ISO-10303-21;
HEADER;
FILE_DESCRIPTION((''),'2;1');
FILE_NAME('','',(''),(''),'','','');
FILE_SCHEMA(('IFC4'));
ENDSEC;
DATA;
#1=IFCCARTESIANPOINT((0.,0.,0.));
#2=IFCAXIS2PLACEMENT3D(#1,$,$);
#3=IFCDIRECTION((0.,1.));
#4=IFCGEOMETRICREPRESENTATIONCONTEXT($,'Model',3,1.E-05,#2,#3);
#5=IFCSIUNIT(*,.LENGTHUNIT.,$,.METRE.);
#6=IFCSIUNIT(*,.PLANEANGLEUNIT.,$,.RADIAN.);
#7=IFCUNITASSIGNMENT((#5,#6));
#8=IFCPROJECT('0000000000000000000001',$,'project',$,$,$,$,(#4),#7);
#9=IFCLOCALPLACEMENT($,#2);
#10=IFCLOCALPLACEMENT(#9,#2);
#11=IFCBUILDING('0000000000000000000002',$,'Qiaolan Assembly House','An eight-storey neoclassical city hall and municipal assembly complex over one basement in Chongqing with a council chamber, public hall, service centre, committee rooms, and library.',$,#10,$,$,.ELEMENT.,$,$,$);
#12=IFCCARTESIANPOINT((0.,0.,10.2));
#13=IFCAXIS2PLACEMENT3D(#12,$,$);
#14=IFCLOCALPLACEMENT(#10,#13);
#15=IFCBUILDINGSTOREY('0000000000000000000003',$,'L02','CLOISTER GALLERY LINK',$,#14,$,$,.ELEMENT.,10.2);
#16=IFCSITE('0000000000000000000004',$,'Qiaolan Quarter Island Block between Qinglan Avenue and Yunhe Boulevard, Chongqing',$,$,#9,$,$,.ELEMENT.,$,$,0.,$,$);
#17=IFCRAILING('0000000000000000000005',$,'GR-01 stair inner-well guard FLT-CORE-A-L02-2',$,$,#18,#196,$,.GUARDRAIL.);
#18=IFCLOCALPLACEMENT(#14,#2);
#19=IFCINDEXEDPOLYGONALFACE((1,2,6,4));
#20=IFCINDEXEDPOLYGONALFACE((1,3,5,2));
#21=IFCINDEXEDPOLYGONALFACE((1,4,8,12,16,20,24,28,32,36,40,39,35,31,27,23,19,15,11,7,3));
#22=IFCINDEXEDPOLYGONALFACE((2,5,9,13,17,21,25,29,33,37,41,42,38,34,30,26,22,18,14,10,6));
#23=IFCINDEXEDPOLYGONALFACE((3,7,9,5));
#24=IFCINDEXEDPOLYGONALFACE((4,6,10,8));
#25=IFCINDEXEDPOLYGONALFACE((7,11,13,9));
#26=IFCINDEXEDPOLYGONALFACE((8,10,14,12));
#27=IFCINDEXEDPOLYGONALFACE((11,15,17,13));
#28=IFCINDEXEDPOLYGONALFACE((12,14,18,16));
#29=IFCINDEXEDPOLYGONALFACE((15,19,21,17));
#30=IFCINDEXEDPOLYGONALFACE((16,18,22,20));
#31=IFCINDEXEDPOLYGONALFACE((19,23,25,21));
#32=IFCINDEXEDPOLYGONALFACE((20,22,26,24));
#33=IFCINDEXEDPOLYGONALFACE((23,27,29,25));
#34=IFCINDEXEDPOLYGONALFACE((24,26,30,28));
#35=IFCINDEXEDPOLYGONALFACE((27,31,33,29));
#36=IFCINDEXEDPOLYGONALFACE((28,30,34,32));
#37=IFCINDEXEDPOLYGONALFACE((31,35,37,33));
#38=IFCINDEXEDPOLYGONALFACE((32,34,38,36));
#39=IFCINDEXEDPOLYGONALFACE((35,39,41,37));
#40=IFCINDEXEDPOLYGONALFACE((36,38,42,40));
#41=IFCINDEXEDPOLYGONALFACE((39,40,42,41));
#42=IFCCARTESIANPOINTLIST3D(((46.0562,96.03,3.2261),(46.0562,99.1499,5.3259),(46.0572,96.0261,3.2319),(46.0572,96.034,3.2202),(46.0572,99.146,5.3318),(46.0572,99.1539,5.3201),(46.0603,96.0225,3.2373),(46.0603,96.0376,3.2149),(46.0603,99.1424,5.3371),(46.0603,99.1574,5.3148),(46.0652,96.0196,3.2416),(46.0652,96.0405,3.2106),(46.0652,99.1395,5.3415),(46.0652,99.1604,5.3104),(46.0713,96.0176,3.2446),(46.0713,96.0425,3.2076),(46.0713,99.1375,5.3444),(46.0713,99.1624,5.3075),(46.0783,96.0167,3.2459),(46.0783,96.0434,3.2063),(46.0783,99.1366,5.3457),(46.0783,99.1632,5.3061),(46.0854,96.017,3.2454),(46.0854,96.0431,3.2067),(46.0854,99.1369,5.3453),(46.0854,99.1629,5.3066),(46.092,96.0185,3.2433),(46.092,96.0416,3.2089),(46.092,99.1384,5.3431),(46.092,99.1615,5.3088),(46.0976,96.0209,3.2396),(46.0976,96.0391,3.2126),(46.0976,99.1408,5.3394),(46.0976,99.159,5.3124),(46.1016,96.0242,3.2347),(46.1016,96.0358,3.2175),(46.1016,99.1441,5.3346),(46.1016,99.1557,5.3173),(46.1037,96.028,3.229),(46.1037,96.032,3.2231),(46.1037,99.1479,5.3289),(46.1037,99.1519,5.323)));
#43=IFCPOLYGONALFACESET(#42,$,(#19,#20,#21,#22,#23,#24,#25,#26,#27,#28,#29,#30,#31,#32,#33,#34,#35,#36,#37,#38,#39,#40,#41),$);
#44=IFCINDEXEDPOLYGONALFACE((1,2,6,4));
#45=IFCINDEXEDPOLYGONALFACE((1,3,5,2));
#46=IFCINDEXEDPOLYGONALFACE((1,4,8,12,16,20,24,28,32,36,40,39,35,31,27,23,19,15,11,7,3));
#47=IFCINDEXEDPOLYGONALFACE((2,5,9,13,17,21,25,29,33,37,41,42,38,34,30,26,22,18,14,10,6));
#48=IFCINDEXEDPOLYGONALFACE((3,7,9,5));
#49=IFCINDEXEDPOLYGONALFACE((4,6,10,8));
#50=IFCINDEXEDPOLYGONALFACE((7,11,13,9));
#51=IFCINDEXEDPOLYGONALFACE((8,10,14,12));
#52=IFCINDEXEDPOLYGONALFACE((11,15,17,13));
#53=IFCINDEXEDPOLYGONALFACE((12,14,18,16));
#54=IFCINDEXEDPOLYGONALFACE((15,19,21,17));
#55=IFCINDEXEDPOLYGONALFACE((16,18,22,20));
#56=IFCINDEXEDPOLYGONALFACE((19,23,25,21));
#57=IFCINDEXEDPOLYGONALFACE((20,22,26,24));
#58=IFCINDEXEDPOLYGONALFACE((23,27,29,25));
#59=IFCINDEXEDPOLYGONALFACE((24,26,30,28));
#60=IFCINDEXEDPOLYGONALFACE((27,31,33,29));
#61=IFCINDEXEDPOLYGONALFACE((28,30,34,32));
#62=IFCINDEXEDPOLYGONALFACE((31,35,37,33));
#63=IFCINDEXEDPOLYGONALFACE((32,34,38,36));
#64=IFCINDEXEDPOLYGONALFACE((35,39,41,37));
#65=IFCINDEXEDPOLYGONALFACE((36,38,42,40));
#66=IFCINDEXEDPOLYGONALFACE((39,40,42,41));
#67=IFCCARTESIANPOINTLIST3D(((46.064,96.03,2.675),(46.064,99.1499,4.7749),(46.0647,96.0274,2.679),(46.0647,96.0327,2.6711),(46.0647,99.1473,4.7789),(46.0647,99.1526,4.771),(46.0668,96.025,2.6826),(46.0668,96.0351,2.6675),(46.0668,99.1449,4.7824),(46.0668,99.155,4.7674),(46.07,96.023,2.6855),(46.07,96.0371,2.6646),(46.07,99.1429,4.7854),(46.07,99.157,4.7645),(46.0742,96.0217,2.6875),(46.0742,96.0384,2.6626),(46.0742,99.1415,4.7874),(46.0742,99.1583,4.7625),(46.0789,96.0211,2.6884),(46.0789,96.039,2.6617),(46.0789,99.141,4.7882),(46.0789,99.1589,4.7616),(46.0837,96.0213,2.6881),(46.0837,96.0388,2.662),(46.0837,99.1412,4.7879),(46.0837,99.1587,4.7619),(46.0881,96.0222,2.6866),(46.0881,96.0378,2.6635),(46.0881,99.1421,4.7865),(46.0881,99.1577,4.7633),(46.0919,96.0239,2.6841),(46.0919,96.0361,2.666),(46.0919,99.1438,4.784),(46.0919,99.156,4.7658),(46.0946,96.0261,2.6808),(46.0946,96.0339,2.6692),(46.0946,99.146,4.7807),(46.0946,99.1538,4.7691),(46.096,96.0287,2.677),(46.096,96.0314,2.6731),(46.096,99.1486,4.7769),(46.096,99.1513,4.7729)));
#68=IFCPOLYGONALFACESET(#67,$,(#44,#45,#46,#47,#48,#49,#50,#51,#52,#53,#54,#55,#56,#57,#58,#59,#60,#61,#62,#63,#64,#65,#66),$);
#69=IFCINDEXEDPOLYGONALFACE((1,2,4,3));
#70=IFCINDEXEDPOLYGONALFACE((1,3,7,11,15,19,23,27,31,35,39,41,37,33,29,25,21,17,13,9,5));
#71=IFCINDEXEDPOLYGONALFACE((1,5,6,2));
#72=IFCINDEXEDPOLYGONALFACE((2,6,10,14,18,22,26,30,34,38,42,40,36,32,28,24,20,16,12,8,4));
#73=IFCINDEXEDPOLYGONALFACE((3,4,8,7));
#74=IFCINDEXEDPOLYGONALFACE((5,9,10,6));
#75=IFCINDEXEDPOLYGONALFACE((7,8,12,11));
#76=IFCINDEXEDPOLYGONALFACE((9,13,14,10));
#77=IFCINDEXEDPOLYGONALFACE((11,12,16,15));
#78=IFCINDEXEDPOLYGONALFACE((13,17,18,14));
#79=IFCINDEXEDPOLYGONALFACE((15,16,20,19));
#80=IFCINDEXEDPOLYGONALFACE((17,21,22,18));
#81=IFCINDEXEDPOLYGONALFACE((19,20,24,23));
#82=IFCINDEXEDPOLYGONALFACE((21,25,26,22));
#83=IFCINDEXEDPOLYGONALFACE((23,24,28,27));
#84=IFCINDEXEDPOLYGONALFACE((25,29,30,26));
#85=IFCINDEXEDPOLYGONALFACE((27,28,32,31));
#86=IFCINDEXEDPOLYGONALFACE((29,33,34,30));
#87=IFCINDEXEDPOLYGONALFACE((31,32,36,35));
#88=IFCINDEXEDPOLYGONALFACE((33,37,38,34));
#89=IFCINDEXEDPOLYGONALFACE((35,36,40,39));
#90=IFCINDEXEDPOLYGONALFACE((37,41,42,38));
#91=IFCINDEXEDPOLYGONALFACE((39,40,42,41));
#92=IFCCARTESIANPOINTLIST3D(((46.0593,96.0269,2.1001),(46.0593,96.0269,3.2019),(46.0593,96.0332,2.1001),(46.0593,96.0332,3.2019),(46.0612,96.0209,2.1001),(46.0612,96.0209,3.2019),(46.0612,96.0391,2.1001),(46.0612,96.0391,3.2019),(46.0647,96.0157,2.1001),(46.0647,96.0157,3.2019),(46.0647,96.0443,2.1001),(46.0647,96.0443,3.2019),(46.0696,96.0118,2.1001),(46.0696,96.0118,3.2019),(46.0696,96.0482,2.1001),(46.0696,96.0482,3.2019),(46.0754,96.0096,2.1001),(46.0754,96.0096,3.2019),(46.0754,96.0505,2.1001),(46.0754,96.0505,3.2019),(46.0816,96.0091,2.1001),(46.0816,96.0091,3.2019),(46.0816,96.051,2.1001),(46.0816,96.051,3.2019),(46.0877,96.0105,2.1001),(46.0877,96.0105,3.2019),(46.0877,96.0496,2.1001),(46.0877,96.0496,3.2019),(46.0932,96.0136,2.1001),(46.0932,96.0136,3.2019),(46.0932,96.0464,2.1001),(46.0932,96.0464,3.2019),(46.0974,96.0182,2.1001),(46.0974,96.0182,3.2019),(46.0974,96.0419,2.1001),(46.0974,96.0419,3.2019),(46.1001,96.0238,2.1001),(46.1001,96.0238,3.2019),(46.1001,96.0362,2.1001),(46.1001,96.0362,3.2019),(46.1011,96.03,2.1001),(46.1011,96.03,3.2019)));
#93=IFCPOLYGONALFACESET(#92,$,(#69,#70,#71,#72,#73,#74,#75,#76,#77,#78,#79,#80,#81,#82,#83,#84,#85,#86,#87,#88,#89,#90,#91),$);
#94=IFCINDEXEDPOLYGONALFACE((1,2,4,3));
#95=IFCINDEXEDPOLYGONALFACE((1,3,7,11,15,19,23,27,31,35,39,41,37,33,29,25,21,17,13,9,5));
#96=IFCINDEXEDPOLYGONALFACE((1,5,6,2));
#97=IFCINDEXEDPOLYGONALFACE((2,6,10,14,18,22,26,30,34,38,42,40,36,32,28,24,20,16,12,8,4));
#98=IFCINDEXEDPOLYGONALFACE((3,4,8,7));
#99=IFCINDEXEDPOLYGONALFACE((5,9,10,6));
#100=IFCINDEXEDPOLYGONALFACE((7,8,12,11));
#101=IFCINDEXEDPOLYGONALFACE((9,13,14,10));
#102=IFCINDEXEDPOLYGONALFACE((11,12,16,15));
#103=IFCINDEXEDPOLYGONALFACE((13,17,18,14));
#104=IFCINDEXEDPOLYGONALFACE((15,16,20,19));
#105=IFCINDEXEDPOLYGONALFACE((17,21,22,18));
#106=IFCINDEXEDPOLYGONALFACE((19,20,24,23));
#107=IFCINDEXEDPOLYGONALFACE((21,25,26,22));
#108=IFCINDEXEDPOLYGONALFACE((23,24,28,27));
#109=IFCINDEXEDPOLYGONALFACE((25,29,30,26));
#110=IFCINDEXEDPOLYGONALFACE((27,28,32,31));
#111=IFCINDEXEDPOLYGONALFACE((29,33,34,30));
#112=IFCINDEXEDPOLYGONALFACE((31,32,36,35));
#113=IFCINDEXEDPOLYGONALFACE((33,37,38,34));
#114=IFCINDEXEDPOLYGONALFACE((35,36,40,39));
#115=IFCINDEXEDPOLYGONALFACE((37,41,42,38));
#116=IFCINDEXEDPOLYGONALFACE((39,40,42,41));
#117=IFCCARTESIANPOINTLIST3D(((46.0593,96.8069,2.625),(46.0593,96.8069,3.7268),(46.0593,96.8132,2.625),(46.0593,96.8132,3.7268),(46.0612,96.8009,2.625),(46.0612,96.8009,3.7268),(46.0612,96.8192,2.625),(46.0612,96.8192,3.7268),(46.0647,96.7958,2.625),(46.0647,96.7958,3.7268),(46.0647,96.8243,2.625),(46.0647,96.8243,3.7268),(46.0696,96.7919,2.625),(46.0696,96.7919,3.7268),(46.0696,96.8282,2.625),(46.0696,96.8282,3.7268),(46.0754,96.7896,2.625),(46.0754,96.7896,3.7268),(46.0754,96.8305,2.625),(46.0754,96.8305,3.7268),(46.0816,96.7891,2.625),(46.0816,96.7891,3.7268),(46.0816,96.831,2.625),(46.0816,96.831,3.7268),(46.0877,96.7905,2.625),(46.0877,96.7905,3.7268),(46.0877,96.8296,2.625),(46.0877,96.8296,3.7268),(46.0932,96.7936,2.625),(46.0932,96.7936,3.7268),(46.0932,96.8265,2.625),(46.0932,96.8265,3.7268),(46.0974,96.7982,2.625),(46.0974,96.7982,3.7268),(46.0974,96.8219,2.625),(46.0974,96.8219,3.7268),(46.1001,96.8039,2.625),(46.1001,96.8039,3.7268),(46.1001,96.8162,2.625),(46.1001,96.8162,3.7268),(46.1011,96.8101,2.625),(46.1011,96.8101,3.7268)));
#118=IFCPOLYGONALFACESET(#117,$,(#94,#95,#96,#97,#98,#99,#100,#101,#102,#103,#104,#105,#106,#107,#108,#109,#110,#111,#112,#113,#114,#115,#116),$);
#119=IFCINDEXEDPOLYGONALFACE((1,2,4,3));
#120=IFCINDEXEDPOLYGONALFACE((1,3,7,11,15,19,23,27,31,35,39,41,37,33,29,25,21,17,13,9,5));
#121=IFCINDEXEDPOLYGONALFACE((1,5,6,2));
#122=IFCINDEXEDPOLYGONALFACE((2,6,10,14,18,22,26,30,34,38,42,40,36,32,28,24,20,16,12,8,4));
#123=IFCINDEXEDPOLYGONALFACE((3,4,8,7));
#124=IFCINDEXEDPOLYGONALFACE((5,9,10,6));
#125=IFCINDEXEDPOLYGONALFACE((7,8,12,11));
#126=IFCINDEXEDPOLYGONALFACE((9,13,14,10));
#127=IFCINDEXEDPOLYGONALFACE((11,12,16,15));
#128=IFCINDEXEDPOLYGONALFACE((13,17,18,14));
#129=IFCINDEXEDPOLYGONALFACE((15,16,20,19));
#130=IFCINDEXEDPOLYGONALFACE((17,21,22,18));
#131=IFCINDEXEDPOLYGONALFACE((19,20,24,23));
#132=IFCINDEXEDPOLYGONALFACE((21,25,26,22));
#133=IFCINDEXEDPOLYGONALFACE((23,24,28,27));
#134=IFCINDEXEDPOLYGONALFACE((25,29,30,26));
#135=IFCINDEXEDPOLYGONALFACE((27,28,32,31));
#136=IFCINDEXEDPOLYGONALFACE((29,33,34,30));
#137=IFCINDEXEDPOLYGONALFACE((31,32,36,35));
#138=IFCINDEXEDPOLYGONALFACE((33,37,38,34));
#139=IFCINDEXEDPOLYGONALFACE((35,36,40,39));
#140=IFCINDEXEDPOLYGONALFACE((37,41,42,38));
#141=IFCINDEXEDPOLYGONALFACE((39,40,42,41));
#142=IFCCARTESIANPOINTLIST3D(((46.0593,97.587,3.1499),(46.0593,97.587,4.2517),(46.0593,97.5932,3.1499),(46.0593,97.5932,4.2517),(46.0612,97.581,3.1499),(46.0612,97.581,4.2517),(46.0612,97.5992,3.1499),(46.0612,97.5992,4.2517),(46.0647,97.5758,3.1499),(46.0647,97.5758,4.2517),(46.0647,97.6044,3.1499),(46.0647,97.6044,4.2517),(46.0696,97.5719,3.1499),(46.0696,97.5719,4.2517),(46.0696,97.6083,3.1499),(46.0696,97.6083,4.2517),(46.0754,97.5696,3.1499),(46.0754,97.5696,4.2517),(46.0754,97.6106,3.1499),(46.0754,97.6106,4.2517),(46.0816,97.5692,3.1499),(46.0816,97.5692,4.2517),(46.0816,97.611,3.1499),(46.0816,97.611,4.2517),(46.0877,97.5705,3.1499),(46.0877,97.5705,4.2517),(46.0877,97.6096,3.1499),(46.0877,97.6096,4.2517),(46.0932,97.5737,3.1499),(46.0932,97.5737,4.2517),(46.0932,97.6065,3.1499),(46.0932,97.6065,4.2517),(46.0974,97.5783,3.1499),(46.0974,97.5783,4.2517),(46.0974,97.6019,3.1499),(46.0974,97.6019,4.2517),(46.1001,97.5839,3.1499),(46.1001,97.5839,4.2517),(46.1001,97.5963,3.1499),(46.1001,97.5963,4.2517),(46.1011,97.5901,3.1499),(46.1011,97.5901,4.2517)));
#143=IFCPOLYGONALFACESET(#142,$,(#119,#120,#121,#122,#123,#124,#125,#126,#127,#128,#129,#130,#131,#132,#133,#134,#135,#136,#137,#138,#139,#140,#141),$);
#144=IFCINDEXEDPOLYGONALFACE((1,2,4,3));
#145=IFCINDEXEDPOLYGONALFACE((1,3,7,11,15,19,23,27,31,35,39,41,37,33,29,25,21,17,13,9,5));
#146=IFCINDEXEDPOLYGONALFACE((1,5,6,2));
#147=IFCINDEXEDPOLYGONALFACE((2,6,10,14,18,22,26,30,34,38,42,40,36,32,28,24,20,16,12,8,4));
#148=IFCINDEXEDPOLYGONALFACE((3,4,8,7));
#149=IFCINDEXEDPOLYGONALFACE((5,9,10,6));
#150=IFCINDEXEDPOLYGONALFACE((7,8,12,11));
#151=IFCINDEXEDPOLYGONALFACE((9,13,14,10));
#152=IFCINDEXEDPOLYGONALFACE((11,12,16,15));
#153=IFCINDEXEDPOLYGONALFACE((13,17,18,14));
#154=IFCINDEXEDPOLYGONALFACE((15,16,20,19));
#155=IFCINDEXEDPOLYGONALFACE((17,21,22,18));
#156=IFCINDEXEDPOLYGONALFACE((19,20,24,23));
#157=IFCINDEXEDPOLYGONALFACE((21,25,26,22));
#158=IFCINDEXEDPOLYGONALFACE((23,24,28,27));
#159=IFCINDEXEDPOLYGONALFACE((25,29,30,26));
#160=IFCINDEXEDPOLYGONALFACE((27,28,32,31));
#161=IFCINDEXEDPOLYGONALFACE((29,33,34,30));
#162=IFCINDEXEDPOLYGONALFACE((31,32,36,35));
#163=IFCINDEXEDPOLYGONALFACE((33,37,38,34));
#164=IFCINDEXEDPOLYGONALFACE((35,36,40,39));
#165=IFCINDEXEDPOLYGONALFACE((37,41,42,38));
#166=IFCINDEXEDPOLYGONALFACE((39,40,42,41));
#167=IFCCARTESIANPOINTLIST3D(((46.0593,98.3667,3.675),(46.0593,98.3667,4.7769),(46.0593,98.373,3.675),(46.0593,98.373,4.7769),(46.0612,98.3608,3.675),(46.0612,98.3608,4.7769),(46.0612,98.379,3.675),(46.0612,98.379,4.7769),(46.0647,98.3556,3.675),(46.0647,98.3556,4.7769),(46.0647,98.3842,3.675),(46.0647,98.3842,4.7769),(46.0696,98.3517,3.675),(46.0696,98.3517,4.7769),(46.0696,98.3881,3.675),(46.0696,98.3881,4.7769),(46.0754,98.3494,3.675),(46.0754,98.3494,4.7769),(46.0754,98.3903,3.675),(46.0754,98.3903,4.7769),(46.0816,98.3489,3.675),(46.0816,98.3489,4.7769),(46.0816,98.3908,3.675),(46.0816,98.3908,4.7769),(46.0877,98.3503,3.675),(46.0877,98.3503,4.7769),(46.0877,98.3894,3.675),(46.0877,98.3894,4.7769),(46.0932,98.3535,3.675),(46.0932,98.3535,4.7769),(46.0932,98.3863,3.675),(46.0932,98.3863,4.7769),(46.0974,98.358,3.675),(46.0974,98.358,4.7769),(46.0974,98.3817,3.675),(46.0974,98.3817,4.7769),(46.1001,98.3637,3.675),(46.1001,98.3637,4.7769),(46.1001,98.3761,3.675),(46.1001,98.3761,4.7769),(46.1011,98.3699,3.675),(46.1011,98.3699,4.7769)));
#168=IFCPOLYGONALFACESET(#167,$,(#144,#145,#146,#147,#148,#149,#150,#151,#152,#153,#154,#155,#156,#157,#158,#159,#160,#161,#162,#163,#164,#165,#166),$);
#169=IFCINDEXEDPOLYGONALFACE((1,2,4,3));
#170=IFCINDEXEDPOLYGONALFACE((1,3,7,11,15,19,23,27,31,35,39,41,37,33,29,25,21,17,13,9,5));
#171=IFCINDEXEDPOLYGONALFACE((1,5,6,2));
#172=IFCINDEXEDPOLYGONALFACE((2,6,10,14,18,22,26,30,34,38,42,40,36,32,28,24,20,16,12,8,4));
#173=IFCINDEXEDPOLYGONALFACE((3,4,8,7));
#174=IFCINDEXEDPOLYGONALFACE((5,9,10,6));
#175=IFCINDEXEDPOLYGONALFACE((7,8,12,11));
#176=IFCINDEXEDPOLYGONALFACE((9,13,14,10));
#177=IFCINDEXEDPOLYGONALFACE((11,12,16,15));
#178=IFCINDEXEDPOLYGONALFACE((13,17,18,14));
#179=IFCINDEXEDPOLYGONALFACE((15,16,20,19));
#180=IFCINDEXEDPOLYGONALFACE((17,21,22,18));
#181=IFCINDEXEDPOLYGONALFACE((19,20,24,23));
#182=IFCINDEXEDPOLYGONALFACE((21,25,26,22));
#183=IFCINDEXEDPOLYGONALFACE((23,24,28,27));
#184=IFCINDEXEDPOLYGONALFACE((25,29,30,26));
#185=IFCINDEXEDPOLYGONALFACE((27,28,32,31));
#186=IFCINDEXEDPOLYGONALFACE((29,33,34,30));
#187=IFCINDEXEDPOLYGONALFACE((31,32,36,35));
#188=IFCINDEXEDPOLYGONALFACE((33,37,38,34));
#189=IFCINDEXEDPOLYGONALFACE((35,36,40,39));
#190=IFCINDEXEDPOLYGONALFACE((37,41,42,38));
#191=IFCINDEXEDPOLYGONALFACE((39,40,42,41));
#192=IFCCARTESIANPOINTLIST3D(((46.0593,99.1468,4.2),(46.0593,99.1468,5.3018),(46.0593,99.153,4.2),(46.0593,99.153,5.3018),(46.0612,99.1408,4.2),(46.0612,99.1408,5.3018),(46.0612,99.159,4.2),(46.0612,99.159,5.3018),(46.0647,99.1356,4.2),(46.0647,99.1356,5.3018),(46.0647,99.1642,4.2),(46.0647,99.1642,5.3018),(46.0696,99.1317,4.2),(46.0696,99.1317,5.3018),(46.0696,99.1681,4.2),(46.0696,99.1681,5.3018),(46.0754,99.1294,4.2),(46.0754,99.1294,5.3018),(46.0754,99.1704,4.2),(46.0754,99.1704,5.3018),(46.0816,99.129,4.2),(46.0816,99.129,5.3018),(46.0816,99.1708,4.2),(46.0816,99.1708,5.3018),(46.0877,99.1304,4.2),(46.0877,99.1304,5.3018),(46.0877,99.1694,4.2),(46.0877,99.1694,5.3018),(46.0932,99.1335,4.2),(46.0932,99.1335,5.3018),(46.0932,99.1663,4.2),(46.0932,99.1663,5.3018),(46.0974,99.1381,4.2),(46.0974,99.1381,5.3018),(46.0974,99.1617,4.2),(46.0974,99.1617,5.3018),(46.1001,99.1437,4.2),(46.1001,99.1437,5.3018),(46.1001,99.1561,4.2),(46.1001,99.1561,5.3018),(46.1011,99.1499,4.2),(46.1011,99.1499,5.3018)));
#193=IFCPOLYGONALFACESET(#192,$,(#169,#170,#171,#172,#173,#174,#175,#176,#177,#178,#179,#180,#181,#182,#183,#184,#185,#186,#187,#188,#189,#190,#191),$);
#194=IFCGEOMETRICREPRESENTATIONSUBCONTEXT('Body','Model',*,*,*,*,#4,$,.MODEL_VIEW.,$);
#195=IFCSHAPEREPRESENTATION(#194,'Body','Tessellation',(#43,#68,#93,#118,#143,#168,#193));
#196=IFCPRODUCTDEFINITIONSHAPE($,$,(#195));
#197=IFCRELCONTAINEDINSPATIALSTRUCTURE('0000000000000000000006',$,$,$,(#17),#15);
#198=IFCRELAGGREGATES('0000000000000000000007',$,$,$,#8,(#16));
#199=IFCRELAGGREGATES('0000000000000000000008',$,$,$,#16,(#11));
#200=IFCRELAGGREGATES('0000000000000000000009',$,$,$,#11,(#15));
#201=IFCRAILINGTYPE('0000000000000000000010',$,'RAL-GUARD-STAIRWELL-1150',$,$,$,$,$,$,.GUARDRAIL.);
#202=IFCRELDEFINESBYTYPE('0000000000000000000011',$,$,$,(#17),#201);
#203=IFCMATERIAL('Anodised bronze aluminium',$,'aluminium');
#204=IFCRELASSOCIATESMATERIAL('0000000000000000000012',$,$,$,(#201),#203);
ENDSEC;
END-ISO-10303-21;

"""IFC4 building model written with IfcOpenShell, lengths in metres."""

from ifc_helpers import new_model, si_unit, direction, frame, origin, origin_2d, place, context, subcontext, project, spatial, circle, extrude, material, type_object, element, save


model = new_model("IFC4")

# Units and contexts
model_context = context("Model", 3, precision=1e-05, world=origin(), true_north=direction((0.0, 1.0)))
body_context = subcontext(model_context, "Body", "Model", "MODEL_VIEW")
ifc_project = project(units=[si_unit("LENGTHUNIT", "METRE"), si_unit("PLANEANGLEUNIT", "RADIAN")], contexts=[model_context])

# Site, building, storey
site_placement = place(None, origin())
site = spatial("IfcSite", under=ifc_project, at=site_placement, Name="Qiaolan Quarter Island Block between Qinglan Avenue and Yunhe Boulevard, Chongqing", CompositionType="ELEMENT", RefElevation=0.0)
building_placement = place(site_placement, origin())
building = spatial("IfcBuilding", under=site, at=building_placement, Name="Qiaolan Assembly House", Description="An eight-storey neoclassical city hall and municipal assembly complex over one basement in Chongqing with a council chamber, public hall, service centre, committee rooms, and library.", CompositionType="ELEMENT")
storey_placement = place(building_placement, frame((0.0, 0.0, 10.2)))
storey = spatial("IfcBuildingStorey", under=building, at=storey_placement, Name="L02", Description="CLOISTER GALLERY LINK", CompositionType="ELEMENT", Elevation=10.2)

# Railing
ifc_material_1 = material(Name="Anodised bronze aluminium", Category="aluminium")
railing_type_1 = type_object("IfcRailingType", Name="RAL-GUARD-STAIRWELL-1150", PredefinedType="GUARDRAIL", material=ifc_material_1)
railing_1_placement = place(storey_placement, frame((46.0801, 96.03, 2.1001)))
element("IfcRailing", 1, at=railing_1_placement, inside=storey, type_object=railing_type_1, Name="GR-01 stair inner-well guard FLT-CORE-A-L02-2", PredefinedType="GUARDRAIL", context=body_context, shape_type="SweptSolid", body=[
    extrude(circle(Radius=0.0239, at=origin_2d()), frame((0.0, 0.0, 1.126), z_axis=(0.0, 0.829595, 0.558365), x_axis=(-1.0, 0.0, 0.0)), (0.0, 0.0, 1.0), 3.7607),
    extrude(circle(Radius=0.0161, at=origin_2d()), frame((0.0, 0.0, 0.575), z_axis=(0.0, 0.829595, 0.558365), x_axis=(-1.0, 0.0, 0.0)), (0.0, 0.0, 1.0), 3.7607),
    extrude(circle(Radius=0.021, at=origin_2d()), origin(), (0.0, 0.0, 1.0), 1.1018),
    extrude(circle(Radius=0.021, at=origin_2d()), frame((0.0, 0.78, 0.5249)), (0.0, 0.0, 1.0), 1.1018),
    extrude(circle(Radius=0.021, at=origin_2d()), frame((0.0, 1.5601, 1.0498)), (0.0, 0.0, 1.0), 1.1018),
    extrude(circle(Radius=0.021, at=origin_2d()), frame((0.0, 2.3398, 1.575)), (0.0, 0.0, 1.0), 1.1018),
    extrude(circle(Radius=0.021, at=origin_2d()), frame((0.0, 3.1199, 2.0999)), (0.0, 0.0, 1.0), 1.1018),
])

save(model, "model.ifc")
